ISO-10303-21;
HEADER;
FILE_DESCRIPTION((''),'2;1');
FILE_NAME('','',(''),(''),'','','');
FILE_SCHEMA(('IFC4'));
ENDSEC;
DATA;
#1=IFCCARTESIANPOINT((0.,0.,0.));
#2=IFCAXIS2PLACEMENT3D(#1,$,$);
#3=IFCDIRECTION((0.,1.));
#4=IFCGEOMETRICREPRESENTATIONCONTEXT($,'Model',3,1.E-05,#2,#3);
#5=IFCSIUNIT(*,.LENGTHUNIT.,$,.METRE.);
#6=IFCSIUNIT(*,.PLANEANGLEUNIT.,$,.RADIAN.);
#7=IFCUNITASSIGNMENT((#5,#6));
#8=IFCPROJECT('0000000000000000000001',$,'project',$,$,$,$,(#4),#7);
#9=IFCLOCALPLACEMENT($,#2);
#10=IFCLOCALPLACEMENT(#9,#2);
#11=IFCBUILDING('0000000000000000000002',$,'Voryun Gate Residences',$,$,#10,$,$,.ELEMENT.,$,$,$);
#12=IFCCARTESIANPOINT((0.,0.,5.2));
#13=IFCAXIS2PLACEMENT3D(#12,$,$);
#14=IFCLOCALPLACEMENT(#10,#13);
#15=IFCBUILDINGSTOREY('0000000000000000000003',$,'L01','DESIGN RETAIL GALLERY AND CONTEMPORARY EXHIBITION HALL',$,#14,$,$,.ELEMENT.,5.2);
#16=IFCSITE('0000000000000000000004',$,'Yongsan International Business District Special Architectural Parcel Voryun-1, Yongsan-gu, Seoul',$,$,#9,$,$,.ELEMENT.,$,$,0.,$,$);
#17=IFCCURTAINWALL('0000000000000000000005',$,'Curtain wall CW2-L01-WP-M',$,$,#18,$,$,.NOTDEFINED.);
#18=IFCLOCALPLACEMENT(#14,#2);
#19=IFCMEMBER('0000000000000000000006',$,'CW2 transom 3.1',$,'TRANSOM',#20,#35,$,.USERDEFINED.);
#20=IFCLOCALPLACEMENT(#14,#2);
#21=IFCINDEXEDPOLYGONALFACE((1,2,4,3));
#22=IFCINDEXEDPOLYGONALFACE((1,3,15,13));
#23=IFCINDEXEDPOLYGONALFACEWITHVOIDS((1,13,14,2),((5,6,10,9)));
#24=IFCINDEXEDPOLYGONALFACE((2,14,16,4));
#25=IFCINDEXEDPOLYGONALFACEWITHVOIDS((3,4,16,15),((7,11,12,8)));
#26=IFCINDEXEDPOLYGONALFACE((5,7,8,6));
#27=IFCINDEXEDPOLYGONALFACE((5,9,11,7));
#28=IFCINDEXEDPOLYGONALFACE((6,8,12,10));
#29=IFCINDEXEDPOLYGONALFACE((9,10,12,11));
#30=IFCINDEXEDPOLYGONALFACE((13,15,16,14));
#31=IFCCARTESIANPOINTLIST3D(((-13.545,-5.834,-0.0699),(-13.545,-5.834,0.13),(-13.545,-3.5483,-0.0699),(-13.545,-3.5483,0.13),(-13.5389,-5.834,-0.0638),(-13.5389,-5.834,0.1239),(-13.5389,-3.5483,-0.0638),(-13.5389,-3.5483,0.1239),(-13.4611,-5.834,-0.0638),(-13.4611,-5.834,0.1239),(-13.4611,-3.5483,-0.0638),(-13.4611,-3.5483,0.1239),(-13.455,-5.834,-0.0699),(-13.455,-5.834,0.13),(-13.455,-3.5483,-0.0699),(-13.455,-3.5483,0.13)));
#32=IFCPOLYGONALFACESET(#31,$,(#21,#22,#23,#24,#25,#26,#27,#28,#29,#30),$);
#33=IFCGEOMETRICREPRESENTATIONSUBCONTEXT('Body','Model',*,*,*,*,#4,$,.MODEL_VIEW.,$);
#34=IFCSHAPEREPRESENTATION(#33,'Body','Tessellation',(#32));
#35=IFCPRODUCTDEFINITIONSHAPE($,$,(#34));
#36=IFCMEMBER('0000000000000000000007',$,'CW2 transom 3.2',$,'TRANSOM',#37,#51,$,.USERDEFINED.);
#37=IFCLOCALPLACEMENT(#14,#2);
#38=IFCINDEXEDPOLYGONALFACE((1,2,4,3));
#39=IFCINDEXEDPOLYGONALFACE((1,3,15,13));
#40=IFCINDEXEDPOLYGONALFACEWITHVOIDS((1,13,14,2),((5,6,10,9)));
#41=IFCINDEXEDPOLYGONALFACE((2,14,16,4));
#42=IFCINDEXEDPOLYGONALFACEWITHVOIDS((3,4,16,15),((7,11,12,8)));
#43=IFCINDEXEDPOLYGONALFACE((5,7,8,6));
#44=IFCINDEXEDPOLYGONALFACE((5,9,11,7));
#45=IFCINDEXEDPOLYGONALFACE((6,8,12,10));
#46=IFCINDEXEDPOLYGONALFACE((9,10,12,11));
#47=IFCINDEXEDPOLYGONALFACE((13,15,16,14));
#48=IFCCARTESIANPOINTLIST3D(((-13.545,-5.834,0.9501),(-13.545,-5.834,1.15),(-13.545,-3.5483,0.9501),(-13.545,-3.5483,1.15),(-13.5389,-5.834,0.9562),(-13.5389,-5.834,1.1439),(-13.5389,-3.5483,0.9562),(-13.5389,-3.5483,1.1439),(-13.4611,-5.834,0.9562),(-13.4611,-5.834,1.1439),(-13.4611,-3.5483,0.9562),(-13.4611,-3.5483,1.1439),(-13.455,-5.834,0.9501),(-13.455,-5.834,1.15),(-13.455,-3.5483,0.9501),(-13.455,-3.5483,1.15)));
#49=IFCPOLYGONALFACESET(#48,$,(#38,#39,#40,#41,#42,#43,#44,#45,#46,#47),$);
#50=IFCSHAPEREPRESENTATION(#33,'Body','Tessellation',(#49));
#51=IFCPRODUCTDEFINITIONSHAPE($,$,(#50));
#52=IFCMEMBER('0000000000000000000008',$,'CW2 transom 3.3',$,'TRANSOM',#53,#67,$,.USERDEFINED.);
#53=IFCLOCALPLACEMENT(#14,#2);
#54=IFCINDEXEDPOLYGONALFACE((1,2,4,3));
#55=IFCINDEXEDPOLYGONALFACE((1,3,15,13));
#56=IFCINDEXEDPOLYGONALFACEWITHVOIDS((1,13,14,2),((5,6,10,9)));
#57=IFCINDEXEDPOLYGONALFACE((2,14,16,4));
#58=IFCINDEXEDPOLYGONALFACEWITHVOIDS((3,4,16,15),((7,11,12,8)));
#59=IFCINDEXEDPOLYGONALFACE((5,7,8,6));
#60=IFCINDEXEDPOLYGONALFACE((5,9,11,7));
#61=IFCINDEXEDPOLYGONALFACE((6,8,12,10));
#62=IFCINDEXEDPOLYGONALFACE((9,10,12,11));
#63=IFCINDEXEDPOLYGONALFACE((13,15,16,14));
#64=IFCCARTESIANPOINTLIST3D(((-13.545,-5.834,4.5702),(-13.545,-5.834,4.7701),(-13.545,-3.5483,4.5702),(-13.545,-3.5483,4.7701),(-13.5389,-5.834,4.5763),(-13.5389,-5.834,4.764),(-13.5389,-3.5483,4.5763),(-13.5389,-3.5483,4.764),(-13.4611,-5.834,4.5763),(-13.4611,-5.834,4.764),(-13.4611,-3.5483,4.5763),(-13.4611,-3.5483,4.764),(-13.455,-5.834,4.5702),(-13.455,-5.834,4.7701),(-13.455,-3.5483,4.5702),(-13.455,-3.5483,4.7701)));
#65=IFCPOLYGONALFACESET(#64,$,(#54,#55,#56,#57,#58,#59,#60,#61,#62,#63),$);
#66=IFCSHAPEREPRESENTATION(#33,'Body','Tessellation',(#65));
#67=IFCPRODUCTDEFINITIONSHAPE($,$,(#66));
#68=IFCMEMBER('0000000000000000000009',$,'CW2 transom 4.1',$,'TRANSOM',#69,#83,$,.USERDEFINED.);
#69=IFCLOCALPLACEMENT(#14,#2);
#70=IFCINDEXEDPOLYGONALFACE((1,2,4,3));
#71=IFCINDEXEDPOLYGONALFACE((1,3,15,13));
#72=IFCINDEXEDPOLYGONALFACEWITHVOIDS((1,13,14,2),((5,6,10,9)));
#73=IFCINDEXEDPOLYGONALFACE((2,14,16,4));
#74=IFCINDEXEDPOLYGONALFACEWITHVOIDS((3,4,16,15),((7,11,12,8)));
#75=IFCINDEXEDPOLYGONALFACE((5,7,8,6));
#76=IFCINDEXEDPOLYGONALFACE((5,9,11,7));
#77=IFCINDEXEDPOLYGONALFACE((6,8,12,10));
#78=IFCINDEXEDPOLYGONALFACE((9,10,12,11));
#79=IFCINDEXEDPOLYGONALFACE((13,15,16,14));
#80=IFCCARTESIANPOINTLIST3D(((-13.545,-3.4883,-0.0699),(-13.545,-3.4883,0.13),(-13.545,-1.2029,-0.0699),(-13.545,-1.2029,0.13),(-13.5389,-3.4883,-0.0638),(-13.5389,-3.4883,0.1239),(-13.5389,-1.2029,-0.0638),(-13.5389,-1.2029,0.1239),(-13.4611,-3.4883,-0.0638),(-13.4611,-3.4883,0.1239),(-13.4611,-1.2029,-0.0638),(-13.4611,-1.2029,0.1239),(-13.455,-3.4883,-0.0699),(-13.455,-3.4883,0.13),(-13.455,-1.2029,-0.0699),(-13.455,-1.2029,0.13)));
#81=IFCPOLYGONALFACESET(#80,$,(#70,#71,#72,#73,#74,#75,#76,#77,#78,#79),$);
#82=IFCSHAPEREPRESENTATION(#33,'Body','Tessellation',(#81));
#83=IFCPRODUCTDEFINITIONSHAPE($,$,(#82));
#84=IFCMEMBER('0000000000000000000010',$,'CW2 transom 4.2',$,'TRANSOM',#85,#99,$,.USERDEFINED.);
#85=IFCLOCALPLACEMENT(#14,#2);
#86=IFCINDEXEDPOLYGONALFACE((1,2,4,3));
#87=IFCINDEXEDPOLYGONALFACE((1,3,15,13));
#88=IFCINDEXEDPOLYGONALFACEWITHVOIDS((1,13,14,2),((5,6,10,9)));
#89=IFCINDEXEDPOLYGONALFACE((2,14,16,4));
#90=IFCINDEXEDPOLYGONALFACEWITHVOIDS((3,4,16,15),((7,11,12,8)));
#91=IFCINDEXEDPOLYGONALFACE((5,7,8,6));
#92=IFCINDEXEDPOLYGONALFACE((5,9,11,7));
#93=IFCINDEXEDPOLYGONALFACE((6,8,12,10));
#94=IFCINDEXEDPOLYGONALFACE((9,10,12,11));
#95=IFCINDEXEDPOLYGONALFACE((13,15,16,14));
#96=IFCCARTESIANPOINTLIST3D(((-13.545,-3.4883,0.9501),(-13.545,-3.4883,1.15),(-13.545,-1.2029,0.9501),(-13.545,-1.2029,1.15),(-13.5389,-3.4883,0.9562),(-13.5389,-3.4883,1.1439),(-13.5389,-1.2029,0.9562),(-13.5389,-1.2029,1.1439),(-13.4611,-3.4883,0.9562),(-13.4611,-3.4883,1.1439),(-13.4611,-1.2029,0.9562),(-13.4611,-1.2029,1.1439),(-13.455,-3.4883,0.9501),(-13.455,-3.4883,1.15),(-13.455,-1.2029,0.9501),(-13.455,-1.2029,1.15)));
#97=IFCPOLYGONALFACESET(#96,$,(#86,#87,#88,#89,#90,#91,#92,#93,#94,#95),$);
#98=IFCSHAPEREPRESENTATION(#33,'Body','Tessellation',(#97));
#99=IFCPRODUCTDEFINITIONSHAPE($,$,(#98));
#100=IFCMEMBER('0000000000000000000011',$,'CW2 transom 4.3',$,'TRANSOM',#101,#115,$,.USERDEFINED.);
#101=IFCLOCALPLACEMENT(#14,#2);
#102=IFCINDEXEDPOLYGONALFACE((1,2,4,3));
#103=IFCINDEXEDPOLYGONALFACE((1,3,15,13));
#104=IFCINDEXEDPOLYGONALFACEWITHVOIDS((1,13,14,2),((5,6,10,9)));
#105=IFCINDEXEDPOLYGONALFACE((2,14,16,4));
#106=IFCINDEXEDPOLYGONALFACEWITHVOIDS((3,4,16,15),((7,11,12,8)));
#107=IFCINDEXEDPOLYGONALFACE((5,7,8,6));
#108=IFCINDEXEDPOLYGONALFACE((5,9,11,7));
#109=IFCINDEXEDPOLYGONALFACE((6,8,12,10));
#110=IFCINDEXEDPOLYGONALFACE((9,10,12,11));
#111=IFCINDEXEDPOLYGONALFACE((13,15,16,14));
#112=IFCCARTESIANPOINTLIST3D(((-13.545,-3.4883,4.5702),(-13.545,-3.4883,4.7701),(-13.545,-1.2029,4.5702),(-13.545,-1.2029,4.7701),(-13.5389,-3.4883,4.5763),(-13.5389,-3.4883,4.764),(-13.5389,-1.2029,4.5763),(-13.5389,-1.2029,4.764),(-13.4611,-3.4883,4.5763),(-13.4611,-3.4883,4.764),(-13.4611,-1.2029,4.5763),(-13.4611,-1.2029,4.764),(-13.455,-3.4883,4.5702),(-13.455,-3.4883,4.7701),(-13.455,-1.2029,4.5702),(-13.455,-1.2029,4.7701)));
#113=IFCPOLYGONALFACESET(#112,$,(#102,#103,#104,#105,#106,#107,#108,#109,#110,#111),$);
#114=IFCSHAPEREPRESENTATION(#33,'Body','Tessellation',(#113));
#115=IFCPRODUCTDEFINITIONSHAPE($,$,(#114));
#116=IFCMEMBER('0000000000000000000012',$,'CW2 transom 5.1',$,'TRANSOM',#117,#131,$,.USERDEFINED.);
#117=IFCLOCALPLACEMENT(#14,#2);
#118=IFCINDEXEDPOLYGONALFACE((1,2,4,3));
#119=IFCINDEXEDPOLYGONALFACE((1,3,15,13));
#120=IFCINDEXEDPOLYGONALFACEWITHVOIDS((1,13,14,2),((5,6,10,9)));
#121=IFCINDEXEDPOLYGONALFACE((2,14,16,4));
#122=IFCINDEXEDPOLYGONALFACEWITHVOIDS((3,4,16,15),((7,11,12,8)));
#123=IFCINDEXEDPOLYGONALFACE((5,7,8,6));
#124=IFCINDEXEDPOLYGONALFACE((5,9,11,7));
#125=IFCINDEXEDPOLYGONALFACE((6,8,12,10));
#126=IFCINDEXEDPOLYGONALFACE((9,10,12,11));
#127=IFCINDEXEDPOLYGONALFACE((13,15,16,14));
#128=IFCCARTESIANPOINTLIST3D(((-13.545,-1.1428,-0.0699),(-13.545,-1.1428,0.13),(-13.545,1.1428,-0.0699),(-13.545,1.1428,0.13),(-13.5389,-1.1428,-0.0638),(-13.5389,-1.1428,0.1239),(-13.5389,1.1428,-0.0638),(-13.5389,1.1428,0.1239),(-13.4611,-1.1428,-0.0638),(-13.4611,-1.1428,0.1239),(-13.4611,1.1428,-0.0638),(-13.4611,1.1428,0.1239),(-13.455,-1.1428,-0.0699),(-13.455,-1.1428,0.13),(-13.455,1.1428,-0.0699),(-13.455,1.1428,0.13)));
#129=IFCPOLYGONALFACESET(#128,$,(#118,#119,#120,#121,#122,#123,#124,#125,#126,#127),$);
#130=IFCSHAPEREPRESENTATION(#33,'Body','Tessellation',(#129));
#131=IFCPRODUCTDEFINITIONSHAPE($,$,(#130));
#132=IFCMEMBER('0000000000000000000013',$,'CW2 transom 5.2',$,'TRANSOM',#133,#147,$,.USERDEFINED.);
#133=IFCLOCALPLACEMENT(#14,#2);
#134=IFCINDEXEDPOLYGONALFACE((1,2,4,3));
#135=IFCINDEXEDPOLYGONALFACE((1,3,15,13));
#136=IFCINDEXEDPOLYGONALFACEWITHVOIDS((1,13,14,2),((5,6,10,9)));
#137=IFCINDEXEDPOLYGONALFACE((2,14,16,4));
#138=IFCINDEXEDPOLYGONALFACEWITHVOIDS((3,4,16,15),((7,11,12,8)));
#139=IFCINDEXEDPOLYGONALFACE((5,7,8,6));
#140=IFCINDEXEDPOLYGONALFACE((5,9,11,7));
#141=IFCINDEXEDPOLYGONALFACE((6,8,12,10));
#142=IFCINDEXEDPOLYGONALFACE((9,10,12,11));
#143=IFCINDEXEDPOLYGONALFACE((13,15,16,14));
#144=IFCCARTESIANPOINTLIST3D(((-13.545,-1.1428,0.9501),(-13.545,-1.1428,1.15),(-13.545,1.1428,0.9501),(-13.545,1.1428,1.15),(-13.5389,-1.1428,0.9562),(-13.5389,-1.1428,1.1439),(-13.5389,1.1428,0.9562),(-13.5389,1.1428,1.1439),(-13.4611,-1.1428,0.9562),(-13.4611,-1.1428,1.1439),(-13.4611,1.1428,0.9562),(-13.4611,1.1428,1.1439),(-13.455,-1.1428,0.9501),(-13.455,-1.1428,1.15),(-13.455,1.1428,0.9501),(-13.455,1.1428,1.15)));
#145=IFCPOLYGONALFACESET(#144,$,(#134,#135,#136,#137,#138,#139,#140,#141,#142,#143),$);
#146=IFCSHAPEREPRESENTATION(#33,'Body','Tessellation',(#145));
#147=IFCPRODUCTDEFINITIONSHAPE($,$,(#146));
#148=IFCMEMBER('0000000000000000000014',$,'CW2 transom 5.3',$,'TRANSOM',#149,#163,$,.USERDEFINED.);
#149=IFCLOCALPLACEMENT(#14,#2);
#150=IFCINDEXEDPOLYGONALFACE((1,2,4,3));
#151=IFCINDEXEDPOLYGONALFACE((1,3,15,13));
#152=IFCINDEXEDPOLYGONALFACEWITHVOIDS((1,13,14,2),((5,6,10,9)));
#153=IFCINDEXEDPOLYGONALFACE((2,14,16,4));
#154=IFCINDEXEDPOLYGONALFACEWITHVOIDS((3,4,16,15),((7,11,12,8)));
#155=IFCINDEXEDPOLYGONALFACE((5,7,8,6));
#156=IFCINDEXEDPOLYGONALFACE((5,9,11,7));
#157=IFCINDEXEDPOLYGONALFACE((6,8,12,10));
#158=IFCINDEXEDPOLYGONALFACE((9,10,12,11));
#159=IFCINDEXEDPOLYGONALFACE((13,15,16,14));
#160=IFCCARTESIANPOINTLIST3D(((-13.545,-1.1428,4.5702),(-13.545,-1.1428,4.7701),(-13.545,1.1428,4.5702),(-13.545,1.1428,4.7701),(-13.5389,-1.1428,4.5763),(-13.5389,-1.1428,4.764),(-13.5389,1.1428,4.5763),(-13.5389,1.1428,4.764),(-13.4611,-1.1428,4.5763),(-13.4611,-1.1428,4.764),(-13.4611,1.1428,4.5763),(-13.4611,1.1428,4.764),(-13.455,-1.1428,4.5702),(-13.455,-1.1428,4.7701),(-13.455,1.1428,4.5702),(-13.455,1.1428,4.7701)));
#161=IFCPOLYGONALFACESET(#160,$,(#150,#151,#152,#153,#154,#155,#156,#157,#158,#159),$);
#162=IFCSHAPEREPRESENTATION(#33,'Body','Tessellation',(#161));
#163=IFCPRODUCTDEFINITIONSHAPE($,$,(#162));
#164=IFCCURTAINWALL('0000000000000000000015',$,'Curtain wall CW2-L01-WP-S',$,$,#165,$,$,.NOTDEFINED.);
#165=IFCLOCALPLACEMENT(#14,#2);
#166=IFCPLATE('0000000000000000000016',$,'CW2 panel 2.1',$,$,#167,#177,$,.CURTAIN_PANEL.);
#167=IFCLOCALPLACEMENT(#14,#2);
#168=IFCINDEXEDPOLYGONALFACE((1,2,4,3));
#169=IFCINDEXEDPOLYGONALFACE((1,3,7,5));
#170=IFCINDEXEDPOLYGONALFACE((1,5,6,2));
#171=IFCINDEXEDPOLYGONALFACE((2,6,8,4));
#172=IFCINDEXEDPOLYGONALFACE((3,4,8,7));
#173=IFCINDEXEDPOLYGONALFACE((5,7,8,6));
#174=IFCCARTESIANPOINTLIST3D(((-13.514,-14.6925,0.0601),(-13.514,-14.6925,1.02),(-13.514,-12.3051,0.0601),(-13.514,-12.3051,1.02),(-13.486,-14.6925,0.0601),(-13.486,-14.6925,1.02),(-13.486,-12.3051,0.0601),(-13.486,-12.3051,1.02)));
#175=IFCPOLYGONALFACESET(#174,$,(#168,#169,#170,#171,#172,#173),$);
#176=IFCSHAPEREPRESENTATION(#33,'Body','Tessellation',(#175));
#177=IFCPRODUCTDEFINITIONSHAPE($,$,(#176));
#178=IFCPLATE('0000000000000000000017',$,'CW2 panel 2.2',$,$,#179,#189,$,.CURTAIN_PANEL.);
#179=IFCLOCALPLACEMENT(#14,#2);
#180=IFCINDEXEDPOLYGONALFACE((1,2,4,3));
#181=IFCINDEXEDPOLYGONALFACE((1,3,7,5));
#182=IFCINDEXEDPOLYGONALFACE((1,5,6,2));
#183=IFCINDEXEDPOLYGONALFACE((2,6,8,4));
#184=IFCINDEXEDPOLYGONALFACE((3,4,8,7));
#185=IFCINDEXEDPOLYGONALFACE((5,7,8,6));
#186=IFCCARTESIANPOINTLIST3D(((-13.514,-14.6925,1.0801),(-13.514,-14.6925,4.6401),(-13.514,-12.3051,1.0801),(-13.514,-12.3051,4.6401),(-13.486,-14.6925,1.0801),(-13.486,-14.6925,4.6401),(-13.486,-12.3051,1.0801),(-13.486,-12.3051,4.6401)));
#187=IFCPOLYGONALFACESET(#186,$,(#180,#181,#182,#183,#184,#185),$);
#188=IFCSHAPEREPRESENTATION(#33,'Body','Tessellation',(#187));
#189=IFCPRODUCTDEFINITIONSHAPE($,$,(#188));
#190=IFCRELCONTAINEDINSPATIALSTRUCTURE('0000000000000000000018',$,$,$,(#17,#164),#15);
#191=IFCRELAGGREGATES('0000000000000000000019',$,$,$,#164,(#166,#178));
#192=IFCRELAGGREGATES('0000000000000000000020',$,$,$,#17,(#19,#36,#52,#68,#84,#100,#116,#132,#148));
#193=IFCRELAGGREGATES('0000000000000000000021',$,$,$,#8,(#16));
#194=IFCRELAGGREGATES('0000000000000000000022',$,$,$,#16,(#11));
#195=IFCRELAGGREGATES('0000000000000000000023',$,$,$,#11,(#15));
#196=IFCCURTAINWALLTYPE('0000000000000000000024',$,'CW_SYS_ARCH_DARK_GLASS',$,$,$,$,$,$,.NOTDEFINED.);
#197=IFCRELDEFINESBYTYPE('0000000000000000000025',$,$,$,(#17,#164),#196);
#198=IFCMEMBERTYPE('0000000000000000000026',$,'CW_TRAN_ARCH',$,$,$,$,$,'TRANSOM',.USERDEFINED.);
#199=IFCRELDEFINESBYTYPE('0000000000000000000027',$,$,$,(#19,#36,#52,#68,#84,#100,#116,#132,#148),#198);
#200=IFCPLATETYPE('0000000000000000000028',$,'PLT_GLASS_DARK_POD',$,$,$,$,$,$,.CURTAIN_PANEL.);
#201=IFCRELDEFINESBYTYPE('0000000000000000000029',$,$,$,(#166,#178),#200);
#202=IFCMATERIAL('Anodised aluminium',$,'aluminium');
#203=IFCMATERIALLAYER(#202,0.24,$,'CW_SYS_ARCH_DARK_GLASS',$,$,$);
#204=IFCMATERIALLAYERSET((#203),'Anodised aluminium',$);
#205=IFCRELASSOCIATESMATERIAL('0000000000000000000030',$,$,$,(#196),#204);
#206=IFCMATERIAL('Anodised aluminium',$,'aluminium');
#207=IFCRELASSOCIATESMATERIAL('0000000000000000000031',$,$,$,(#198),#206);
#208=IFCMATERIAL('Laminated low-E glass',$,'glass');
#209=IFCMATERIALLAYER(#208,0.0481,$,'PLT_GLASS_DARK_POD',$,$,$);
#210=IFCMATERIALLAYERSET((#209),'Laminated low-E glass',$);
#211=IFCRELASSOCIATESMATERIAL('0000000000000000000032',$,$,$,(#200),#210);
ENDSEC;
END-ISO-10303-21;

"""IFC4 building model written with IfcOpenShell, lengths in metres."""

from ifc_helpers import new_model, si_unit, direction, frame, origin, origin_2d, place, context, subcontext, project, spatial, rectangle, hollow_rectangle, extrude, material, layer, layer_set, material_profile, profile_set, type_object, element, aggregate, save


model = new_model("IFC4")

# Units and contexts
model_context = context("Model", 3, precision=1e-05, world=origin(), true_north=direction((0.0, 1.0)))
body_context = subcontext(model_context, "Body", "Model", "MODEL_VIEW")
ifc_project = project(units=[si_unit("LENGTHUNIT", "METRE"), si_unit("PLANEANGLEUNIT", "RADIAN")], contexts=[model_context])

# Site, building, storey
site_placement = place(None, origin())
site = spatial("IfcSite", under=ifc_project, at=site_placement, Name="Yongsan International Business District Special Architectural Parcel Voryun-1, Yongsan-gu, Seoul", CompositionType="ELEMENT", RefElevation=0.0)
building_placement = place(site_placement, origin())
building = spatial("IfcBuilding", under=site, at=building_placement, Name="Voryun Gate Residences", CompositionType="ELEMENT")
storey_placement = place(building_placement, frame((0.0, 0.0, 5.2)))
storey = spatial("IfcBuildingStorey", under=building, at=storey_placement, Name="L01", Description="DESIGN RETAIL GALLERY AND CONTEMPORARY EXHIBITION HALL", CompositionType="ELEMENT", Elevation=5.2)

# Curtain wall, members
ifc_material_1 = material(Name="Anodised aluminium", Category="aluminium")
ifc_layer_1 = layer(ifc_material_1, 0.24, Name="CW_SYS_ARCH_DARK_GLASS")
ifc_layer_set_1 = layer_set([ifc_layer_1], Name="Anodised aluminium")
curtain_wall_type = type_object("IfcCurtainWallType", Name="CW_SYS_ARCH_DARK_GLASS", PredefinedType="NOTDEFINED", material=ifc_layer_set_1)
curtain_wall_1_placement = place(storey_placement, origin())
curtain_wall_1 = element("IfcCurtainWall", 1, at=curtain_wall_1_placement, inside=storey, type_object=curtain_wall_type, Name="Curtain wall CW2-L01-WP-M", PredefinedType="NOTDEFINED")
ifc_material_2 = material(Name="Anodised aluminium", Category="aluminium")
ifc_material_profile_1 = material_profile(ifc_material_2, hollow_rectangle(XDim=0.0901, YDim=0.2, WallThickness=0.0061, at=origin_2d()), Name="ALU-TRAN-200x90x6")
ifc_profile_set_1 = profile_set([ifc_material_profile_1], Name="Anodised aluminium")
member_type_1 = type_object("IfcMemberType", Name="CW_TRAN_ARCH", ElementType="TRANSOM", PredefinedType="USERDEFINED", material=ifc_profile_set_1)
member_1_placement = place(storey_placement, frame((-13.5, -5.834, 0.03), z_axis=(0.0, 1.0, 0.0), x_axis=(-1.0, 0.0, 0.0)))
member_1 = element("IfcMember", 2, at=member_1_placement, type_object=member_type_1, Name="CW2 transom 3.1", ObjectType="TRANSOM", PredefinedType="USERDEFINED", context=body_context, shape_type="SweptSolid", body=[
    extrude(hollow_rectangle(XDim=0.0901, YDim=0.2, WallThickness=0.0061, at=origin_2d()), origin(), (0.0, 0.0, 1.0), 2.2856),
])
member_2_placement = place(storey_placement, frame((-13.5, -5.834, 1.05), z_axis=(0.0, 1.0, 0.0), x_axis=(-1.0, 0.0, 0.0)))
member_2 = element("IfcMember", 3, at=member_2_placement, type_object=member_type_1, Name="CW2 transom 3.2", ObjectType="TRANSOM", PredefinedType="USERDEFINED", context=body_context, shape_type="SweptSolid", body=[
    extrude(hollow_rectangle(XDim=0.0901, YDim=0.2, WallThickness=0.0061, at=origin_2d()), origin(), (0.0, 0.0, 1.0), 2.2856),
])
member_3_placement = place(storey_placement, frame((-13.5, -5.834, 4.6702), z_axis=(0.0, 1.0, 0.0), x_axis=(-1.0, 0.0, 0.0)))
member_3 = element("IfcMember", 4, at=member_3_placement, type_object=member_type_1, Name="CW2 transom 3.3", ObjectType="TRANSOM", PredefinedType="USERDEFINED", context=body_context, shape_type="SweptSolid", body=[
    extrude(hollow_rectangle(XDim=0.0901, YDim=0.2, WallThickness=0.0061, at=origin_2d()), origin(), (0.0, 0.0, 1.0), 2.2856),
])
member_4_placement = place(storey_placement, frame((-13.5, -3.4883, 0.03), z_axis=(0.0, 1.0, 0.0), x_axis=(-1.0, 0.0, 0.0)))
member_4 = element("IfcMember", 5, at=member_4_placement, type_object=member_type_1, Name="CW2 transom 4.1", ObjectType="TRANSOM", PredefinedType="USERDEFINED", context=body_context, shape_type="SweptSolid", body=[
    extrude(hollow_rectangle(XDim=0.0901, YDim=0.2, WallThickness=0.0061, at=origin_2d()), origin(), (0.0, 0.0, 1.0), 2.2854),
])
member_5_placement = place(storey_placement, frame((-13.5, -3.4883, 1.05), z_axis=(0.0, 1.0, 0.0), x_axis=(-1.0, 0.0, 0.0)))
member_5 = element("IfcMember", 6, at=member_5_placement, type_object=member_type_1, Name="CW2 transom 4.2", ObjectType="TRANSOM", PredefinedType="USERDEFINED", context=body_context, shape_type="SweptSolid", body=[
    extrude(hollow_rectangle(XDim=0.0901, YDim=0.2, WallThickness=0.0061, at=origin_2d()), origin(), (0.0, 0.0, 1.0), 2.2854),
])
member_6_placement = place(storey_placement, frame((-13.5, -3.4883, 4.6702), z_axis=(0.0, 1.0, 0.0), x_axis=(-1.0, 0.0, 0.0)))
member_6 = element("IfcMember", 7, at=member_6_placement, type_object=member_type_1, Name="CW2 transom 4.3", ObjectType="TRANSOM", PredefinedType="USERDEFINED", context=body_context, shape_type="SweptSolid", body=[
    extrude(hollow_rectangle(XDim=0.0901, YDim=0.2, WallThickness=0.0061, at=origin_2d()), origin(), (0.0, 0.0, 1.0), 2.2854),
])
member_7_placement = place(storey_placement, frame((-13.5, -1.1428, 0.03), z_axis=(0.0, 1.0, 0.0), x_axis=(-1.0, 0.0, 0.0)))
member_7 = element("IfcMember", 8, at=member_7_placement, type_object=member_type_1, Name="CW2 transom 5.1", ObjectType="TRANSOM", PredefinedType="USERDEFINED", context=body_context, shape_type="SweptSolid", body=[
    extrude(hollow_rectangle(XDim=0.0901, YDim=0.2, WallThickness=0.0061, at=origin_2d()), origin(), (0.0, 0.0, 1.0), 2.2856),
])
member_8_placement = place(storey_placement, frame((-13.5, -1.1428, 1.05), z_axis=(0.0, 1.0, 0.0), x_axis=(-1.0, 0.0, 0.0)))
member_8 = element("IfcMember", 9, at=member_8_placement, type_object=member_type_1, Name="CW2 transom 5.2", ObjectType="TRANSOM", PredefinedType="USERDEFINED", context=body_context, shape_type="SweptSolid", body=[
    extrude(hollow_rectangle(XDim=0.0901, YDim=0.2, WallThickness=0.0061, at=origin_2d()), origin(), (0.0, 0.0, 1.0), 2.2856),
])
member_9_placement = place(storey_placement, frame((-13.5, -1.1428, 4.6702), z_axis=(0.0, 1.0, 0.0), x_axis=(-1.0, 0.0, 0.0)))
member_9 = element("IfcMember", 10, at=member_9_placement, type_object=member_type_1, Name="CW2 transom 5.3", ObjectType="TRANSOM", PredefinedType="USERDEFINED", context=body_context, shape_type="SweptSolid", body=[
    extrude(hollow_rectangle(XDim=0.0901, YDim=0.2, WallThickness=0.0061, at=origin_2d()), origin(), (0.0, 0.0, 1.0), 2.2856),
])

# Curtain wall, plates
curtain_wall_2_placement = place(storey_placement, origin())
curtain_wall_2 = element("IfcCurtainWall", 11, at=curtain_wall_2_placement, inside=storey, type_object=curtain_wall_type, Name="Curtain wall CW2-L01-WP-S", PredefinedType="NOTDEFINED")
ifc_material_3 = material(Name="Laminated low-E glass", Category="glass")
ifc_layer_2 = layer(ifc_material_3, 0.0481, Name="PLT_GLASS_DARK_POD")
ifc_layer_set_2 = layer_set([ifc_layer_2], Name="Laminated low-E glass")
plate_type = type_object("IfcPlateType", Name="PLT_GLASS_DARK_POD", PredefinedType="CURTAIN_PANEL", material=ifc_layer_set_2)
plate_1_placement = place(storey_placement, frame((-13.5, -13.4988, 0.0601), z_axis=(0.0, 0.0, 1.0), x_axis=(0.0, 1.0, 0.0)))
plate_1 = element("IfcPlate", 12, at=plate_1_placement, type_object=plate_type, Name="CW2 panel 2.1", PredefinedType="CURTAIN_PANEL", context=body_context, shape_type="SweptSolid", body=[
    extrude(rectangle(XDim=2.3875, YDim=0.0281, at=origin_2d()), origin(), (0.0, 0.0, 1.0), 0.96),
])
plate_2_placement = place(storey_placement, frame((-13.5, -13.4988, 1.0801), z_axis=(0.0, 0.0, 1.0), x_axis=(0.0, 1.0, 0.0)))
plate_2 = element("IfcPlate", 13, at=plate_2_placement, type_object=plate_type, Name="CW2 panel 2.2", PredefinedType="CURTAIN_PANEL", context=body_context, shape_type="SweptSolid", body=[
    extrude(rectangle(XDim=2.3875, YDim=0.0281, at=origin_2d()), origin(), (0.0, 0.0, 1.0), 3.5601),
])
aggregate(curtain_wall_2, [plate_1, plate_2])

aggregate(curtain_wall_1, [member_1, member_2, member_3, member_4, member_5, member_6, member_7, member_8, member_9])

save(model, "model.ifc")
